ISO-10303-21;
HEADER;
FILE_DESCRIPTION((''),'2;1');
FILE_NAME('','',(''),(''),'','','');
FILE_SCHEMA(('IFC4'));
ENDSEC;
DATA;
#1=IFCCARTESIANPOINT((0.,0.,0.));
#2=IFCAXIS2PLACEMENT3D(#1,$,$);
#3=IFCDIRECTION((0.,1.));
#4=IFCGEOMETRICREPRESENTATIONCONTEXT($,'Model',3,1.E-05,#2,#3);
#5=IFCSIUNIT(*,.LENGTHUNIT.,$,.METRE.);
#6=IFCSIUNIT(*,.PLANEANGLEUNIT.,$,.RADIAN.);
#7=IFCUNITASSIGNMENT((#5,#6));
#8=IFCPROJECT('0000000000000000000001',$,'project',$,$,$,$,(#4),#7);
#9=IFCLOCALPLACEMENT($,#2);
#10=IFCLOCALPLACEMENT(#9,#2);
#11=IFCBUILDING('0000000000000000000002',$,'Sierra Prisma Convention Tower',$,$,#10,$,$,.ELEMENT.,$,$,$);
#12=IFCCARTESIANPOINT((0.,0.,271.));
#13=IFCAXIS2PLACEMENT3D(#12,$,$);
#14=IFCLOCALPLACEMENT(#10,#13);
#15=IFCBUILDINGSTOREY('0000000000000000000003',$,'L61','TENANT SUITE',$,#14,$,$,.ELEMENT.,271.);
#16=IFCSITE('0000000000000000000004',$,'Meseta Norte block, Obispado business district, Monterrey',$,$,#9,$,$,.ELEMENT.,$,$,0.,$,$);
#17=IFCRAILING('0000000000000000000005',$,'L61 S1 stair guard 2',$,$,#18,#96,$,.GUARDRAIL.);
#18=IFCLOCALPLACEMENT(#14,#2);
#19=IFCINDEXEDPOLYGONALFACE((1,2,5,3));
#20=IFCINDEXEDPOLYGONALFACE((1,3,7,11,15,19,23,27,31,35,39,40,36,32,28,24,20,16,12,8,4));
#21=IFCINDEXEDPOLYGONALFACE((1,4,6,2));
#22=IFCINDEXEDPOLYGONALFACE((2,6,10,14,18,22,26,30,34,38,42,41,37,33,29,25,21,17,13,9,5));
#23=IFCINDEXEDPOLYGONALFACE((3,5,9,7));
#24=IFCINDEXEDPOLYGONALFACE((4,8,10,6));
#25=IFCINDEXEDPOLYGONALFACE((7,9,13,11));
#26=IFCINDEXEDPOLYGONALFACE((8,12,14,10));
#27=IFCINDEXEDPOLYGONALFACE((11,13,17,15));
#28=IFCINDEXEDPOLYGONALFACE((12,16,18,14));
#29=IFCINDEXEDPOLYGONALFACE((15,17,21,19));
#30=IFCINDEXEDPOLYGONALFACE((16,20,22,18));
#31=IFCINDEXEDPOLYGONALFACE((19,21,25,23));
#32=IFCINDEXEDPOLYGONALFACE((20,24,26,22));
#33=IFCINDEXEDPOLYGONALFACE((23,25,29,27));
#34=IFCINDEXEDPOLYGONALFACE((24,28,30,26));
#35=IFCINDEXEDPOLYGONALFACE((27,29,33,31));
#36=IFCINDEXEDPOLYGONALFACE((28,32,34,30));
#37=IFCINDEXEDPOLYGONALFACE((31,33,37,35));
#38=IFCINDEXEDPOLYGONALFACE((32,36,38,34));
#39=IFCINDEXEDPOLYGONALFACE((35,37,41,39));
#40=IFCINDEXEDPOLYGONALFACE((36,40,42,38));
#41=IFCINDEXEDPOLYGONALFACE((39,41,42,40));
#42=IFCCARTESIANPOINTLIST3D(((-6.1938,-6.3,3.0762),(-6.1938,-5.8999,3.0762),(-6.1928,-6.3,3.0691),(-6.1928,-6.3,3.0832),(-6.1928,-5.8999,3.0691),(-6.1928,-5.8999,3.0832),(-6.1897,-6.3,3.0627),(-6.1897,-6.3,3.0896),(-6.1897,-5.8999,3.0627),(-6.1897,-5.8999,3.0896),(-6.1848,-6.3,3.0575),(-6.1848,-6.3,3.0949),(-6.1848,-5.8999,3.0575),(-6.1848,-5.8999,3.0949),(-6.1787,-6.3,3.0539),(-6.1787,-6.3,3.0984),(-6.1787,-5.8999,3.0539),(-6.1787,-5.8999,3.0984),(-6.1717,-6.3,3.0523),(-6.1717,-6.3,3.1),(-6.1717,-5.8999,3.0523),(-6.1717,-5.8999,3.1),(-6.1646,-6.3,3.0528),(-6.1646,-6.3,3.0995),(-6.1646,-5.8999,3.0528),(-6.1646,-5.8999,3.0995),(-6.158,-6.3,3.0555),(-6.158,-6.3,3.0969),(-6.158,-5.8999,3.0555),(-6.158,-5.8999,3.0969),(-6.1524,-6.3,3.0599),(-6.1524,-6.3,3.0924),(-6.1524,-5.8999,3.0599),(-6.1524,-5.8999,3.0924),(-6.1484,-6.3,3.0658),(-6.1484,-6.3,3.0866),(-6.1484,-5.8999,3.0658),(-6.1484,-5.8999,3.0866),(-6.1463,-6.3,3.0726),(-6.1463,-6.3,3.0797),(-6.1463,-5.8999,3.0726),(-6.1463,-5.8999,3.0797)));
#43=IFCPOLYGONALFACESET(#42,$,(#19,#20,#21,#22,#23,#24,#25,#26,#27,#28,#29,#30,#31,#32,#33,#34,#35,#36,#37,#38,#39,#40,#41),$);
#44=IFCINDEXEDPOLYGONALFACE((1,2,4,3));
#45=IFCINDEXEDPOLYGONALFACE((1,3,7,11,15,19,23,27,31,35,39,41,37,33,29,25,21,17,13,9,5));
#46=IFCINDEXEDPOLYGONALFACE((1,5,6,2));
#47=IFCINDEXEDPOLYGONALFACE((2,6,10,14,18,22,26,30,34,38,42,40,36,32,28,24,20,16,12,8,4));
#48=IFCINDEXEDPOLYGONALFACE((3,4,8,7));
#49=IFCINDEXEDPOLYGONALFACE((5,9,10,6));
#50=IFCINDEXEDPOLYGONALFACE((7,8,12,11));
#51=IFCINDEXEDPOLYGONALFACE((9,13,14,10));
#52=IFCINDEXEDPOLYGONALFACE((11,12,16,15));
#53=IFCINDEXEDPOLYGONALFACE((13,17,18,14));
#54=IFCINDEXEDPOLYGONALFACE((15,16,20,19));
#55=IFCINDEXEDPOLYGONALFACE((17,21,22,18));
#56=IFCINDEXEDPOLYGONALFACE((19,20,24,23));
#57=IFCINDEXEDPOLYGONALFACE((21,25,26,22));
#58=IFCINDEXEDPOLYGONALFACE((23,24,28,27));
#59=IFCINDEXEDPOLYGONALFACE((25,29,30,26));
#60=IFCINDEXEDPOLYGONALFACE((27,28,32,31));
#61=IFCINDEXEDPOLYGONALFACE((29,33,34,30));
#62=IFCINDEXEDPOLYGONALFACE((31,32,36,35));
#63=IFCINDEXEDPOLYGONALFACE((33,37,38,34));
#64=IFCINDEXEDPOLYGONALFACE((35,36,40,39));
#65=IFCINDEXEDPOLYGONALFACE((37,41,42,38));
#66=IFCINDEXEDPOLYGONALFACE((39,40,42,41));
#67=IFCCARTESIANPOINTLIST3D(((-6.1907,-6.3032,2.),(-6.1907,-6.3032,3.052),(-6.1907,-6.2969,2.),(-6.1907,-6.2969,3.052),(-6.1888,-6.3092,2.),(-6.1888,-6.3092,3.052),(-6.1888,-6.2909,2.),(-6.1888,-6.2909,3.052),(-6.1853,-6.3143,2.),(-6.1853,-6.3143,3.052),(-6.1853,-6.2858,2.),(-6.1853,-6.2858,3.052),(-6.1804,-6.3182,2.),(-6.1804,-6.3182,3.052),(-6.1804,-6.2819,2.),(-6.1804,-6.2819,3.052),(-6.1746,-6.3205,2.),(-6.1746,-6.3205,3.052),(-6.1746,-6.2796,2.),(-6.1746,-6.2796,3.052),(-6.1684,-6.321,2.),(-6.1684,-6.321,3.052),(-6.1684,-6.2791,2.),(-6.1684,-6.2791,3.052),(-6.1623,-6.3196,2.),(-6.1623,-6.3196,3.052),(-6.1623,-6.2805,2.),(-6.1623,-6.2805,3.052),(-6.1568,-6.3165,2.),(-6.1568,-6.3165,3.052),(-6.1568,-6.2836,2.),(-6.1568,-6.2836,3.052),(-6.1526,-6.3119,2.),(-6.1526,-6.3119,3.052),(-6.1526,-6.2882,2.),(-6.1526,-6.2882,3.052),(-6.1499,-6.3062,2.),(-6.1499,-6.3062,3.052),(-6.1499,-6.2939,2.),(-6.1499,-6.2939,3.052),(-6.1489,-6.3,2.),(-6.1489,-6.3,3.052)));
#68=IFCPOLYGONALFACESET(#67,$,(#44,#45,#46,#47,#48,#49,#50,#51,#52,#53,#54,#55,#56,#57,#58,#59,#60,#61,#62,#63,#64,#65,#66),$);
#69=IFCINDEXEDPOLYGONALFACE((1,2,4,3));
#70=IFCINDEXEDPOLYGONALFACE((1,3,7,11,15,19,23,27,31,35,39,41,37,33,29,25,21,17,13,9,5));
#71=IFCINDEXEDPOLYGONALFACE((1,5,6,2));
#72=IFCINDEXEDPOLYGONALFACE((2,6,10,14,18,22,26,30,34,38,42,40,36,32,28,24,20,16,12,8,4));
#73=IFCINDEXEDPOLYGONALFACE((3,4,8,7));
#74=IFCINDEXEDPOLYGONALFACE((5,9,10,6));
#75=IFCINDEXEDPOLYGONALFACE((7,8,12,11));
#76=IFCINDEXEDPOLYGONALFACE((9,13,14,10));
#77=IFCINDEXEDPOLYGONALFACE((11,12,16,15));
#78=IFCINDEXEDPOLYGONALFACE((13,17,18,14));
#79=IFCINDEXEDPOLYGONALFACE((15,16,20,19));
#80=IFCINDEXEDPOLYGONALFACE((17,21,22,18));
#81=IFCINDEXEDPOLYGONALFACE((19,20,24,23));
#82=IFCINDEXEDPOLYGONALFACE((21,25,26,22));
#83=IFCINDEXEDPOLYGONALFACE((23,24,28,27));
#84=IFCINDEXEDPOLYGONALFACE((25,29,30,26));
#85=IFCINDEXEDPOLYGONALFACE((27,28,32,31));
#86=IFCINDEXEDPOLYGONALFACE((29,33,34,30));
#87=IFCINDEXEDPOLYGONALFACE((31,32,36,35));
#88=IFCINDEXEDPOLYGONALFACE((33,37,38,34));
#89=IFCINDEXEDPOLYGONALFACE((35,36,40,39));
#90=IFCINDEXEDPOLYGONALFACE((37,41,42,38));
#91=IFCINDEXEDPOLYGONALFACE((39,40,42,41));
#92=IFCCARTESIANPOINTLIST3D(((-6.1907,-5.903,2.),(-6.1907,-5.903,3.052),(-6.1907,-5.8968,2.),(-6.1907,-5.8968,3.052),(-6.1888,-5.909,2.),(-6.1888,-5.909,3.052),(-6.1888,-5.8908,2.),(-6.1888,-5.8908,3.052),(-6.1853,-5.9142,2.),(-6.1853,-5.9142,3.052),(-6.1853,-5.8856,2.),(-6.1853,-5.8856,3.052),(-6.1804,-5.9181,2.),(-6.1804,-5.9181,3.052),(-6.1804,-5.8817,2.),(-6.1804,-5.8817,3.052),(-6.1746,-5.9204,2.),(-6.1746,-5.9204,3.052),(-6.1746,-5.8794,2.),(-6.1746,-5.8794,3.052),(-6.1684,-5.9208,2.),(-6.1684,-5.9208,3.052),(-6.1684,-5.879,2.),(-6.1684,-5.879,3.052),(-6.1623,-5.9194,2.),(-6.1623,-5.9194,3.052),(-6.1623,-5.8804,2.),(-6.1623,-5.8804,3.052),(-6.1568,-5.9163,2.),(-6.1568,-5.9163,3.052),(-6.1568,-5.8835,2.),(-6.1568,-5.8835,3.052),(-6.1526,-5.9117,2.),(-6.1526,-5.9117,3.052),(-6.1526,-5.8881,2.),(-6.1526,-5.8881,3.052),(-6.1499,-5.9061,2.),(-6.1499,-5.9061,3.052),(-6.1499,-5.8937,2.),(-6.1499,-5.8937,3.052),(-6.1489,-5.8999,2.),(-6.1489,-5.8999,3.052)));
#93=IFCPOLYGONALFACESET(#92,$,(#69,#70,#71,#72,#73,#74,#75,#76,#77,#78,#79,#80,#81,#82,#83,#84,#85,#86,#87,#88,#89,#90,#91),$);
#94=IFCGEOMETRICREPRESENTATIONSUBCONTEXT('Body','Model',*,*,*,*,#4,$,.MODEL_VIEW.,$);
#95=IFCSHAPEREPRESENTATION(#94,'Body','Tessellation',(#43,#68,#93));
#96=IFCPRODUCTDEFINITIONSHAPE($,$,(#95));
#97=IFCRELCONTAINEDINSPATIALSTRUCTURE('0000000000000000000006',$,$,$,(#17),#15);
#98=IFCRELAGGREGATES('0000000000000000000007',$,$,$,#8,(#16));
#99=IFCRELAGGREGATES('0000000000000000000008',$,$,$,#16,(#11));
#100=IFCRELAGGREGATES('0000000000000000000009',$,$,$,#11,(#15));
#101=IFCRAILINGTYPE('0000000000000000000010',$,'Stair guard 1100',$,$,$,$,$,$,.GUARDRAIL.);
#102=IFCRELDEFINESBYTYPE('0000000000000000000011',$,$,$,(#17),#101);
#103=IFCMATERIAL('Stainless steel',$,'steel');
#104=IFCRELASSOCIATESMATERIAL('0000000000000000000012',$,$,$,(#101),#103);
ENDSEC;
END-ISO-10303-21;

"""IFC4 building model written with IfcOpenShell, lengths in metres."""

from ifc_helpers import new_model, si_unit, direction, frame, origin, origin_2d, place, context, subcontext, project, spatial, circle, extrude, material, type_object, element, save


model = new_model("IFC4")

# Units and contexts
model_context = context("Model", 3, precision=1e-05, world=origin(), true_north=direction((0.0, 1.0)))
body_context = subcontext(model_context, "Body", "Model", "MODEL_VIEW")
ifc_project = project(units=[si_unit("LENGTHUNIT", "METRE"), si_unit("PLANEANGLEUNIT", "RADIAN")], contexts=[model_context])

# Site, building, storey
site_placement = place(None, origin())
site = spatial("IfcSite", under=ifc_project, at=site_placement, Name="Meseta Norte block, Obispado business district, Monterrey", CompositionType="ELEMENT", RefElevation=0.0)
building_placement = place(site_placement, origin())
building = spatial("IfcBuilding", under=site, at=building_placement, Name="Sierra Prisma Convention Tower", CompositionType="ELEMENT")
storey_placement = place(building_placement, frame((0.0, 0.0, 271.0)))
storey = spatial("IfcBuildingStorey", under=building, at=storey_placement, Name="L61", Description="TENANT SUITE", CompositionType="ELEMENT", Elevation=271.0)

# Railing
ifc_material_1 = material(Name="Stainless steel", Category="steel")
railing_type_1 = type_object("IfcRailingType", Name="Stair guard 1100", PredefinedType="GUARDRAIL", material=ifc_material_1)
railing_1_placement = place(storey_placement, frame((-6.1699, -6.3, 2.0)))
element("IfcRailing", 1, at=railing_1_placement, inside=storey, type_object=railing_type_1, Name="L61 S1 stair guard 2", PredefinedType="GUARDRAIL", context=body_context, shape_type="SweptSolid", body=[
    extrude(circle(Radius=0.0239, at=origin_2d()), frame((0.0, 0.0, 1.0762), z_axis=(0.0, 1.0, 0.0), x_axis=(-1.0, 0.0, 0.0)), (0.0, 0.0, 1.0), 0.4001),
    extrude(circle(Radius=0.021, at=origin_2d()), origin(), (0.0, 0.0, 1.0), 1.052),
    extrude(circle(Radius=0.021, at=origin_2d()), frame((0.0, 0.4001, 0.0)), (0.0, 0.0, 1.0), 1.052),
])

save(model, "model.ifc")
